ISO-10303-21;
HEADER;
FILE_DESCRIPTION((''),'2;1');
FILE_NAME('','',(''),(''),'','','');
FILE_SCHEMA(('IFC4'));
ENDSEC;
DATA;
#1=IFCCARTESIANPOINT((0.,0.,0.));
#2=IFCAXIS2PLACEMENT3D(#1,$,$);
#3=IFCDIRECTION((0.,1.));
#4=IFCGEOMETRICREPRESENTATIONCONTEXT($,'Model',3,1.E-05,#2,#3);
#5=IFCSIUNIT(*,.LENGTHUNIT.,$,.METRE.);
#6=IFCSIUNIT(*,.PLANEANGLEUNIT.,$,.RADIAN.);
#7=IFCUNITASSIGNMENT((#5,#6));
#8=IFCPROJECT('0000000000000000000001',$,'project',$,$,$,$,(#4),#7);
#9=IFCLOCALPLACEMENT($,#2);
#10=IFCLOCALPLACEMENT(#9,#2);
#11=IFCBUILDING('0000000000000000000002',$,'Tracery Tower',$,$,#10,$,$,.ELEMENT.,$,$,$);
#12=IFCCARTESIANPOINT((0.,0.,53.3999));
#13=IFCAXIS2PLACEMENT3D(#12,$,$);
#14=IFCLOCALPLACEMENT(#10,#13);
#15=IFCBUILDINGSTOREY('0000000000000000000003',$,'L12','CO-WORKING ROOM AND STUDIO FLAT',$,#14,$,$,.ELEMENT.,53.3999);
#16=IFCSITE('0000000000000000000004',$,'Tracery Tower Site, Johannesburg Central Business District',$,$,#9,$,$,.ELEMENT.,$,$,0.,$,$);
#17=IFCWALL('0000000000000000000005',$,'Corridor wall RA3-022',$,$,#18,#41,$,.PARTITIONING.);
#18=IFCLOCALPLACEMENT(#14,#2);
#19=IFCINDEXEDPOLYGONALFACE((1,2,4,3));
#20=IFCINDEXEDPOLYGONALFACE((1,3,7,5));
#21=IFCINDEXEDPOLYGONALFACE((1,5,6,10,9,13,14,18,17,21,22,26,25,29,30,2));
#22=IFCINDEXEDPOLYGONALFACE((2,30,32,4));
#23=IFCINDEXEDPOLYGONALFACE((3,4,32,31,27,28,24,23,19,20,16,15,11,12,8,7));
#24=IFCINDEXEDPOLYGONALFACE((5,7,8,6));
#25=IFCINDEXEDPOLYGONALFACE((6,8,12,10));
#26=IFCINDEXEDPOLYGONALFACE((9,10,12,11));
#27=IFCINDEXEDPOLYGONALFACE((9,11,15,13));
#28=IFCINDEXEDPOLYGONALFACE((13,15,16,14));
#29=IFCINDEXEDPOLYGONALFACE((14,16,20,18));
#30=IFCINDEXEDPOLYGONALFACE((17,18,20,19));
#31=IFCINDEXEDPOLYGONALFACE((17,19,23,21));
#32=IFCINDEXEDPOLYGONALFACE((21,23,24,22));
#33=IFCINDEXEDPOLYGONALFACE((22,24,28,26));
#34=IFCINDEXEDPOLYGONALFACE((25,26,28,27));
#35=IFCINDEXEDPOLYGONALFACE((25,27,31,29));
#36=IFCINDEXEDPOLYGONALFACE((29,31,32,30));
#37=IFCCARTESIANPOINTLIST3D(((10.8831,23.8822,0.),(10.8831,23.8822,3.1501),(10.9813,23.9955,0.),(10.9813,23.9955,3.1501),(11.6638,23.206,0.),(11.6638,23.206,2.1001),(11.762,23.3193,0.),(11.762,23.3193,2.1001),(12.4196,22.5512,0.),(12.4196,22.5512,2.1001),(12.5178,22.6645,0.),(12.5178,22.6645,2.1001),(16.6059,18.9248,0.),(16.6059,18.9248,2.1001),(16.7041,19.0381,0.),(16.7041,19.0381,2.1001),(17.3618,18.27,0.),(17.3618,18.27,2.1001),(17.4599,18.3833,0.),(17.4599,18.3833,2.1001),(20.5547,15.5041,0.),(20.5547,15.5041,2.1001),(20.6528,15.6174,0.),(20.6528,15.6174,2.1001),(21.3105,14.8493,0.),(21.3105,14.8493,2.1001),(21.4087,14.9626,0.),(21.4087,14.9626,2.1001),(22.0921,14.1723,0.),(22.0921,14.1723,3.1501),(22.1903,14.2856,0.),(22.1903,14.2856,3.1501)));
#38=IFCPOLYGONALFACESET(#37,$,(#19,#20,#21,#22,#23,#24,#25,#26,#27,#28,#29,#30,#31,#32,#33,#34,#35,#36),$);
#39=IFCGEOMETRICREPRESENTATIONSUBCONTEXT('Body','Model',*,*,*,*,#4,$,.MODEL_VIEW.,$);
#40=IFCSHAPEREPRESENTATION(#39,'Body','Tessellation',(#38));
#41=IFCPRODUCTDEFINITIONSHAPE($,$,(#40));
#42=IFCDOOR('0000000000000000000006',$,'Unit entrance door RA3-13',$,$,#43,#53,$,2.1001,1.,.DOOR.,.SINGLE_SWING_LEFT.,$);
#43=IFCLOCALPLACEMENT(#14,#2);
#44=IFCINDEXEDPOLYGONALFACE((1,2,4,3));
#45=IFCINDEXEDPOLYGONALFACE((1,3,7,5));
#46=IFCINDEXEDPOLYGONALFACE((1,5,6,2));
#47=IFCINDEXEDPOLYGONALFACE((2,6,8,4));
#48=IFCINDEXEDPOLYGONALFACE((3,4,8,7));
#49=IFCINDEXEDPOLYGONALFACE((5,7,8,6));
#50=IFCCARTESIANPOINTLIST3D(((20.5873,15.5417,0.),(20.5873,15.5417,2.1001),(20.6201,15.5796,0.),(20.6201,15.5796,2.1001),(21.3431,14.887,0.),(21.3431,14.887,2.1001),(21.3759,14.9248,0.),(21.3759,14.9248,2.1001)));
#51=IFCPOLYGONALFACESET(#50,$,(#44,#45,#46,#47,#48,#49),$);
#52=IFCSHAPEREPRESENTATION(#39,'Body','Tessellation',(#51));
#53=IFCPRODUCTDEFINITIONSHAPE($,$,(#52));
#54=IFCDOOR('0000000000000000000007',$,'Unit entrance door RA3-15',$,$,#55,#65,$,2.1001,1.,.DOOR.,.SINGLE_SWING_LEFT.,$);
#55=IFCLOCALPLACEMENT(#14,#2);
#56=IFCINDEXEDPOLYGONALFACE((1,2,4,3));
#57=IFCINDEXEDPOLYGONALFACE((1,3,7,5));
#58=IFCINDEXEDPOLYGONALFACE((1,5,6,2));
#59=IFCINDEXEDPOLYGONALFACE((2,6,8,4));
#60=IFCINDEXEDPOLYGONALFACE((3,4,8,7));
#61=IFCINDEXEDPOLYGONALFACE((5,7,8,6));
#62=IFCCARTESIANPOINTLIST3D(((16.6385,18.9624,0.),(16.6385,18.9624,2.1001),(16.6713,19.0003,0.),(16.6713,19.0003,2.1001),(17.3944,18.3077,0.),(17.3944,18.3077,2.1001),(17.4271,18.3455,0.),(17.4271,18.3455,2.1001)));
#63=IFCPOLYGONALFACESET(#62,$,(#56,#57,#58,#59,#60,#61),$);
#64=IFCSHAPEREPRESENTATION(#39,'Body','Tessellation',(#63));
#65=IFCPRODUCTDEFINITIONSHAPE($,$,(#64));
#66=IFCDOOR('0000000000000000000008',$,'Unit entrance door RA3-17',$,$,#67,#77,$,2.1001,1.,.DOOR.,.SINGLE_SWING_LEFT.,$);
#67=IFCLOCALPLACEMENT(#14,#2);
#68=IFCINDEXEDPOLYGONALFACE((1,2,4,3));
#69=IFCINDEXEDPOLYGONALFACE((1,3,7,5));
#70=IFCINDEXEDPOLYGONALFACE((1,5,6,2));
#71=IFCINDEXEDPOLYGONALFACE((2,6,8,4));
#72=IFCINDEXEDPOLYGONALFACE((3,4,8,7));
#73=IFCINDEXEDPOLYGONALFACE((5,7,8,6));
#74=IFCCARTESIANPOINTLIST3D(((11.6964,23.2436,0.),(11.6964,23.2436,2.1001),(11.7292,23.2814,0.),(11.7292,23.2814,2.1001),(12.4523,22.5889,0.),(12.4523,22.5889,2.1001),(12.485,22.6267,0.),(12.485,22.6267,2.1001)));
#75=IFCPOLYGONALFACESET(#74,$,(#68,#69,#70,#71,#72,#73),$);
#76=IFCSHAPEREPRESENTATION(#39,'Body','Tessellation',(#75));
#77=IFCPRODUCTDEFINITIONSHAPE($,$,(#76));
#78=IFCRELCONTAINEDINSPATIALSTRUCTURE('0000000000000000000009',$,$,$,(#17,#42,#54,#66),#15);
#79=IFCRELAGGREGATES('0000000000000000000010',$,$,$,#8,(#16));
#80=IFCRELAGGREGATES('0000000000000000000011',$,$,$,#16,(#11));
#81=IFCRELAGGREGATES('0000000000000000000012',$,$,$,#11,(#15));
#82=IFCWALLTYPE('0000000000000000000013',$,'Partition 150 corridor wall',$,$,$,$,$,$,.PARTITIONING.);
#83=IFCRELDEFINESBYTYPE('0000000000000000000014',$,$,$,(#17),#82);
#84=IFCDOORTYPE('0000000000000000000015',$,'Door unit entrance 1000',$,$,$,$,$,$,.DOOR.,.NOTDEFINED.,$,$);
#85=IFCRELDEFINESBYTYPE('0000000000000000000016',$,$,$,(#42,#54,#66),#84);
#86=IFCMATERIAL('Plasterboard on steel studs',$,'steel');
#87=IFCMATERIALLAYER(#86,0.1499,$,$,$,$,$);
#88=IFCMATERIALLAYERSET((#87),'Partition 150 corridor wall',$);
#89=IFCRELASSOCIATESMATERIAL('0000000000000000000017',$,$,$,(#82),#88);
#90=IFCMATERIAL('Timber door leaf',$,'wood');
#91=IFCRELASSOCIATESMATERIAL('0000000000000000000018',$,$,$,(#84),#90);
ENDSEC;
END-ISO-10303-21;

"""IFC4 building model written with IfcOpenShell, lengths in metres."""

from ifc_helpers import new_model, si_unit, direction, frame, frame_2d, origin, place, context, subcontext, project, spatial, rectangle, extrude, material, layer, layer_set, type_object, element, fill, save


model = new_model("IFC4")

# Units and contexts
model_context = context("Model", 3, precision=1e-05, world=origin(), true_north=direction((0.0, 1.0)))
body_context = subcontext(model_context, "Body", "Model", "MODEL_VIEW")
ifc_project = project(units=[si_unit("LENGTHUNIT", "METRE"), si_unit("PLANEANGLEUNIT", "RADIAN")], contexts=[model_context])

# Site, building, storey
site_placement = place(None, origin())
site = spatial("IfcSite", under=ifc_project, at=site_placement, Name="Tracery Tower Site, Johannesburg Central Business District", CompositionType="ELEMENT", RefElevation=0.0)
building_placement = place(site_placement, origin())
building = spatial("IfcBuilding", under=site, at=building_placement, Name="Tracery Tower", CompositionType="ELEMENT")
storey_placement = place(building_placement, frame((0.0, 0.0, 53.3999)))
storey = spatial("IfcBuildingStorey", under=building, at=storey_placement, Name="L12", Description="CO-WORKING ROOM AND STUDIO FLAT", CompositionType="ELEMENT", Elevation=53.3999)

# Wall, openings, doors
ifc_material_1 = material(Name="Plasterboard on steel studs", Category="steel")
ifc_layer_1 = layer(ifc_material_1, 0.1499)
ifc_layer_set_1 = layer_set([ifc_layer_1], Name="Partition 150 corridor wall")
wall_type_1 = type_object("IfcWallType", Name="Partition 150 corridor wall", PredefinedType="PARTITIONING", material=ifc_layer_set_1)
wall_1_placement = place(storey_placement, frame((10.9321, 23.939, 0.0), z_axis=(0.0, 0.0, 1.0), x_axis=(0.755839, -0.654758, 0.0)))
wall_1 = element("IfcWall", 1, at=wall_1_placement, inside=storey, type_object=wall_type_1, Name="Corridor wall RA3-022", PredefinedType="PARTITIONING", context=body_context, shape_type="SweptSolid", body=[
    extrude(rectangle(XDim=14.8298, YDim=0.1499, at=frame_2d((7.415, 0.0))), origin(), (0.0, 0.0, 1.0), 3.1501),
])
opening_1_placement = place(wall_1_placement, frame((12.7959, 0.0, 0.0)))
opening_1 = element("IfcOpeningElement", 2, at=opening_1_placement, cuts=wall_1, PredefinedType="OPENING", context=body_context, shape_type="SweptSolid", body=[
    extrude(rectangle(XDim=1.0, YDim=2.1001, at=frame_2d((0.5, 1.05))), frame((0.0, 0.075, 0.0), z_axis=(0.0, -1.0, 0.0), x_axis=(1.0, 0.0, 0.0)), (0.0, 0.0, 1.0), 0.1499),
])
opening_2_placement = place(wall_1_placement, frame((7.5715, 0.0, 0.0)))
opening_2 = element("IfcOpeningElement", 3, at=opening_2_placement, cuts=wall_1, PredefinedType="OPENING", context=body_context, shape_type="SweptSolid", body=[
    extrude(rectangle(XDim=1.0, YDim=2.1001, at=frame_2d((0.5, 1.05))), frame((0.0, 0.075, 0.0), z_axis=(0.0, -1.0, 0.0), x_axis=(1.0, 0.0, 0.0)), (0.0, 0.0, 1.0), 0.1499),
])
opening_3_placement = place(wall_1_placement, frame((1.033, 0.0, 0.0)))
opening_3 = element("IfcOpeningElement", 4, at=opening_3_placement, cuts=wall_1, PredefinedType="OPENING", context=body_context, shape_type="SweptSolid", body=[
    extrude(rectangle(XDim=1.0, YDim=2.1001, at=frame_2d((0.5, 1.05))), frame((0.0, 0.075, 0.0), z_axis=(0.0, -1.0, 0.0), x_axis=(1.0, 0.0, 0.0)), (0.0, 0.0, 1.0), 0.1499),
])
ifc_material_2 = material(Name="Timber door leaf", Category="wood")
door_type_1 = type_object("IfcDoorType", Name="Door unit entrance 1000", OperationType="NOTDEFINED", PredefinedType="DOOR", material=ifc_material_2)
door_1_placement = place(opening_1_placement, origin())
door_1 = element("IfcDoor", 5, at=door_1_placement, inside=storey, type_object=door_type_1, Name="Unit entrance door RA3-13", OperationType="SINGLE_SWING_LEFT", OverallHeight=2.1001, OverallWidth=1.0, PredefinedType="DOOR", context=body_context, shape_type="SweptSolid", body=[
    extrude(rectangle(XDim=1.0, YDim=2.1001, at=frame_2d((0.5, 1.05))), frame((0.0, 0.0249, 0.0), z_axis=(0.0, -1.0, 0.0), x_axis=(1.0, 0.0, 0.0)), (0.0, 0.0, 1.0), 0.05),
])
fill(opening_1, door_1)
door_2_placement = place(opening_2_placement, origin())
door_2 = element("IfcDoor", 6, at=door_2_placement, inside=storey, type_object=door_type_1, Name="Unit entrance door RA3-15", OperationType="SINGLE_SWING_LEFT", OverallHeight=2.1001, OverallWidth=1.0, PredefinedType="DOOR", context=body_context, shape_type="SweptSolid", body=[
    extrude(rectangle(XDim=1.0, YDim=2.1001, at=frame_2d((0.5, 1.05))), frame((0.0, 0.0249, 0.0), z_axis=(0.0, -1.0, 0.0), x_axis=(1.0, 0.0, 0.0)), (0.0, 0.0, 1.0), 0.05),
])
fill(opening_2, door_2)
door_3_placement = place(opening_3_placement, origin())
door_3 = element("IfcDoor", 7, at=door_3_placement, inside=storey, type_object=door_type_1, Name="Unit entrance door RA3-17", OperationType="SINGLE_SWING_LEFT", OverallHeight=2.1001, OverallWidth=1.0, PredefinedType="DOOR", context=body_context, shape_type="SweptSolid", body=[
    extrude(rectangle(XDim=1.0, YDim=2.1001, at=frame_2d((0.5, 1.05))), frame((0.0, 0.0249, 0.0), z_axis=(0.0, -1.0, 0.0), x_axis=(1.0, 0.0, 0.0)), (0.0, 0.0, 1.0), 0.05),
])
fill(opening_3, door_3)

save(model, "model.ifc")
